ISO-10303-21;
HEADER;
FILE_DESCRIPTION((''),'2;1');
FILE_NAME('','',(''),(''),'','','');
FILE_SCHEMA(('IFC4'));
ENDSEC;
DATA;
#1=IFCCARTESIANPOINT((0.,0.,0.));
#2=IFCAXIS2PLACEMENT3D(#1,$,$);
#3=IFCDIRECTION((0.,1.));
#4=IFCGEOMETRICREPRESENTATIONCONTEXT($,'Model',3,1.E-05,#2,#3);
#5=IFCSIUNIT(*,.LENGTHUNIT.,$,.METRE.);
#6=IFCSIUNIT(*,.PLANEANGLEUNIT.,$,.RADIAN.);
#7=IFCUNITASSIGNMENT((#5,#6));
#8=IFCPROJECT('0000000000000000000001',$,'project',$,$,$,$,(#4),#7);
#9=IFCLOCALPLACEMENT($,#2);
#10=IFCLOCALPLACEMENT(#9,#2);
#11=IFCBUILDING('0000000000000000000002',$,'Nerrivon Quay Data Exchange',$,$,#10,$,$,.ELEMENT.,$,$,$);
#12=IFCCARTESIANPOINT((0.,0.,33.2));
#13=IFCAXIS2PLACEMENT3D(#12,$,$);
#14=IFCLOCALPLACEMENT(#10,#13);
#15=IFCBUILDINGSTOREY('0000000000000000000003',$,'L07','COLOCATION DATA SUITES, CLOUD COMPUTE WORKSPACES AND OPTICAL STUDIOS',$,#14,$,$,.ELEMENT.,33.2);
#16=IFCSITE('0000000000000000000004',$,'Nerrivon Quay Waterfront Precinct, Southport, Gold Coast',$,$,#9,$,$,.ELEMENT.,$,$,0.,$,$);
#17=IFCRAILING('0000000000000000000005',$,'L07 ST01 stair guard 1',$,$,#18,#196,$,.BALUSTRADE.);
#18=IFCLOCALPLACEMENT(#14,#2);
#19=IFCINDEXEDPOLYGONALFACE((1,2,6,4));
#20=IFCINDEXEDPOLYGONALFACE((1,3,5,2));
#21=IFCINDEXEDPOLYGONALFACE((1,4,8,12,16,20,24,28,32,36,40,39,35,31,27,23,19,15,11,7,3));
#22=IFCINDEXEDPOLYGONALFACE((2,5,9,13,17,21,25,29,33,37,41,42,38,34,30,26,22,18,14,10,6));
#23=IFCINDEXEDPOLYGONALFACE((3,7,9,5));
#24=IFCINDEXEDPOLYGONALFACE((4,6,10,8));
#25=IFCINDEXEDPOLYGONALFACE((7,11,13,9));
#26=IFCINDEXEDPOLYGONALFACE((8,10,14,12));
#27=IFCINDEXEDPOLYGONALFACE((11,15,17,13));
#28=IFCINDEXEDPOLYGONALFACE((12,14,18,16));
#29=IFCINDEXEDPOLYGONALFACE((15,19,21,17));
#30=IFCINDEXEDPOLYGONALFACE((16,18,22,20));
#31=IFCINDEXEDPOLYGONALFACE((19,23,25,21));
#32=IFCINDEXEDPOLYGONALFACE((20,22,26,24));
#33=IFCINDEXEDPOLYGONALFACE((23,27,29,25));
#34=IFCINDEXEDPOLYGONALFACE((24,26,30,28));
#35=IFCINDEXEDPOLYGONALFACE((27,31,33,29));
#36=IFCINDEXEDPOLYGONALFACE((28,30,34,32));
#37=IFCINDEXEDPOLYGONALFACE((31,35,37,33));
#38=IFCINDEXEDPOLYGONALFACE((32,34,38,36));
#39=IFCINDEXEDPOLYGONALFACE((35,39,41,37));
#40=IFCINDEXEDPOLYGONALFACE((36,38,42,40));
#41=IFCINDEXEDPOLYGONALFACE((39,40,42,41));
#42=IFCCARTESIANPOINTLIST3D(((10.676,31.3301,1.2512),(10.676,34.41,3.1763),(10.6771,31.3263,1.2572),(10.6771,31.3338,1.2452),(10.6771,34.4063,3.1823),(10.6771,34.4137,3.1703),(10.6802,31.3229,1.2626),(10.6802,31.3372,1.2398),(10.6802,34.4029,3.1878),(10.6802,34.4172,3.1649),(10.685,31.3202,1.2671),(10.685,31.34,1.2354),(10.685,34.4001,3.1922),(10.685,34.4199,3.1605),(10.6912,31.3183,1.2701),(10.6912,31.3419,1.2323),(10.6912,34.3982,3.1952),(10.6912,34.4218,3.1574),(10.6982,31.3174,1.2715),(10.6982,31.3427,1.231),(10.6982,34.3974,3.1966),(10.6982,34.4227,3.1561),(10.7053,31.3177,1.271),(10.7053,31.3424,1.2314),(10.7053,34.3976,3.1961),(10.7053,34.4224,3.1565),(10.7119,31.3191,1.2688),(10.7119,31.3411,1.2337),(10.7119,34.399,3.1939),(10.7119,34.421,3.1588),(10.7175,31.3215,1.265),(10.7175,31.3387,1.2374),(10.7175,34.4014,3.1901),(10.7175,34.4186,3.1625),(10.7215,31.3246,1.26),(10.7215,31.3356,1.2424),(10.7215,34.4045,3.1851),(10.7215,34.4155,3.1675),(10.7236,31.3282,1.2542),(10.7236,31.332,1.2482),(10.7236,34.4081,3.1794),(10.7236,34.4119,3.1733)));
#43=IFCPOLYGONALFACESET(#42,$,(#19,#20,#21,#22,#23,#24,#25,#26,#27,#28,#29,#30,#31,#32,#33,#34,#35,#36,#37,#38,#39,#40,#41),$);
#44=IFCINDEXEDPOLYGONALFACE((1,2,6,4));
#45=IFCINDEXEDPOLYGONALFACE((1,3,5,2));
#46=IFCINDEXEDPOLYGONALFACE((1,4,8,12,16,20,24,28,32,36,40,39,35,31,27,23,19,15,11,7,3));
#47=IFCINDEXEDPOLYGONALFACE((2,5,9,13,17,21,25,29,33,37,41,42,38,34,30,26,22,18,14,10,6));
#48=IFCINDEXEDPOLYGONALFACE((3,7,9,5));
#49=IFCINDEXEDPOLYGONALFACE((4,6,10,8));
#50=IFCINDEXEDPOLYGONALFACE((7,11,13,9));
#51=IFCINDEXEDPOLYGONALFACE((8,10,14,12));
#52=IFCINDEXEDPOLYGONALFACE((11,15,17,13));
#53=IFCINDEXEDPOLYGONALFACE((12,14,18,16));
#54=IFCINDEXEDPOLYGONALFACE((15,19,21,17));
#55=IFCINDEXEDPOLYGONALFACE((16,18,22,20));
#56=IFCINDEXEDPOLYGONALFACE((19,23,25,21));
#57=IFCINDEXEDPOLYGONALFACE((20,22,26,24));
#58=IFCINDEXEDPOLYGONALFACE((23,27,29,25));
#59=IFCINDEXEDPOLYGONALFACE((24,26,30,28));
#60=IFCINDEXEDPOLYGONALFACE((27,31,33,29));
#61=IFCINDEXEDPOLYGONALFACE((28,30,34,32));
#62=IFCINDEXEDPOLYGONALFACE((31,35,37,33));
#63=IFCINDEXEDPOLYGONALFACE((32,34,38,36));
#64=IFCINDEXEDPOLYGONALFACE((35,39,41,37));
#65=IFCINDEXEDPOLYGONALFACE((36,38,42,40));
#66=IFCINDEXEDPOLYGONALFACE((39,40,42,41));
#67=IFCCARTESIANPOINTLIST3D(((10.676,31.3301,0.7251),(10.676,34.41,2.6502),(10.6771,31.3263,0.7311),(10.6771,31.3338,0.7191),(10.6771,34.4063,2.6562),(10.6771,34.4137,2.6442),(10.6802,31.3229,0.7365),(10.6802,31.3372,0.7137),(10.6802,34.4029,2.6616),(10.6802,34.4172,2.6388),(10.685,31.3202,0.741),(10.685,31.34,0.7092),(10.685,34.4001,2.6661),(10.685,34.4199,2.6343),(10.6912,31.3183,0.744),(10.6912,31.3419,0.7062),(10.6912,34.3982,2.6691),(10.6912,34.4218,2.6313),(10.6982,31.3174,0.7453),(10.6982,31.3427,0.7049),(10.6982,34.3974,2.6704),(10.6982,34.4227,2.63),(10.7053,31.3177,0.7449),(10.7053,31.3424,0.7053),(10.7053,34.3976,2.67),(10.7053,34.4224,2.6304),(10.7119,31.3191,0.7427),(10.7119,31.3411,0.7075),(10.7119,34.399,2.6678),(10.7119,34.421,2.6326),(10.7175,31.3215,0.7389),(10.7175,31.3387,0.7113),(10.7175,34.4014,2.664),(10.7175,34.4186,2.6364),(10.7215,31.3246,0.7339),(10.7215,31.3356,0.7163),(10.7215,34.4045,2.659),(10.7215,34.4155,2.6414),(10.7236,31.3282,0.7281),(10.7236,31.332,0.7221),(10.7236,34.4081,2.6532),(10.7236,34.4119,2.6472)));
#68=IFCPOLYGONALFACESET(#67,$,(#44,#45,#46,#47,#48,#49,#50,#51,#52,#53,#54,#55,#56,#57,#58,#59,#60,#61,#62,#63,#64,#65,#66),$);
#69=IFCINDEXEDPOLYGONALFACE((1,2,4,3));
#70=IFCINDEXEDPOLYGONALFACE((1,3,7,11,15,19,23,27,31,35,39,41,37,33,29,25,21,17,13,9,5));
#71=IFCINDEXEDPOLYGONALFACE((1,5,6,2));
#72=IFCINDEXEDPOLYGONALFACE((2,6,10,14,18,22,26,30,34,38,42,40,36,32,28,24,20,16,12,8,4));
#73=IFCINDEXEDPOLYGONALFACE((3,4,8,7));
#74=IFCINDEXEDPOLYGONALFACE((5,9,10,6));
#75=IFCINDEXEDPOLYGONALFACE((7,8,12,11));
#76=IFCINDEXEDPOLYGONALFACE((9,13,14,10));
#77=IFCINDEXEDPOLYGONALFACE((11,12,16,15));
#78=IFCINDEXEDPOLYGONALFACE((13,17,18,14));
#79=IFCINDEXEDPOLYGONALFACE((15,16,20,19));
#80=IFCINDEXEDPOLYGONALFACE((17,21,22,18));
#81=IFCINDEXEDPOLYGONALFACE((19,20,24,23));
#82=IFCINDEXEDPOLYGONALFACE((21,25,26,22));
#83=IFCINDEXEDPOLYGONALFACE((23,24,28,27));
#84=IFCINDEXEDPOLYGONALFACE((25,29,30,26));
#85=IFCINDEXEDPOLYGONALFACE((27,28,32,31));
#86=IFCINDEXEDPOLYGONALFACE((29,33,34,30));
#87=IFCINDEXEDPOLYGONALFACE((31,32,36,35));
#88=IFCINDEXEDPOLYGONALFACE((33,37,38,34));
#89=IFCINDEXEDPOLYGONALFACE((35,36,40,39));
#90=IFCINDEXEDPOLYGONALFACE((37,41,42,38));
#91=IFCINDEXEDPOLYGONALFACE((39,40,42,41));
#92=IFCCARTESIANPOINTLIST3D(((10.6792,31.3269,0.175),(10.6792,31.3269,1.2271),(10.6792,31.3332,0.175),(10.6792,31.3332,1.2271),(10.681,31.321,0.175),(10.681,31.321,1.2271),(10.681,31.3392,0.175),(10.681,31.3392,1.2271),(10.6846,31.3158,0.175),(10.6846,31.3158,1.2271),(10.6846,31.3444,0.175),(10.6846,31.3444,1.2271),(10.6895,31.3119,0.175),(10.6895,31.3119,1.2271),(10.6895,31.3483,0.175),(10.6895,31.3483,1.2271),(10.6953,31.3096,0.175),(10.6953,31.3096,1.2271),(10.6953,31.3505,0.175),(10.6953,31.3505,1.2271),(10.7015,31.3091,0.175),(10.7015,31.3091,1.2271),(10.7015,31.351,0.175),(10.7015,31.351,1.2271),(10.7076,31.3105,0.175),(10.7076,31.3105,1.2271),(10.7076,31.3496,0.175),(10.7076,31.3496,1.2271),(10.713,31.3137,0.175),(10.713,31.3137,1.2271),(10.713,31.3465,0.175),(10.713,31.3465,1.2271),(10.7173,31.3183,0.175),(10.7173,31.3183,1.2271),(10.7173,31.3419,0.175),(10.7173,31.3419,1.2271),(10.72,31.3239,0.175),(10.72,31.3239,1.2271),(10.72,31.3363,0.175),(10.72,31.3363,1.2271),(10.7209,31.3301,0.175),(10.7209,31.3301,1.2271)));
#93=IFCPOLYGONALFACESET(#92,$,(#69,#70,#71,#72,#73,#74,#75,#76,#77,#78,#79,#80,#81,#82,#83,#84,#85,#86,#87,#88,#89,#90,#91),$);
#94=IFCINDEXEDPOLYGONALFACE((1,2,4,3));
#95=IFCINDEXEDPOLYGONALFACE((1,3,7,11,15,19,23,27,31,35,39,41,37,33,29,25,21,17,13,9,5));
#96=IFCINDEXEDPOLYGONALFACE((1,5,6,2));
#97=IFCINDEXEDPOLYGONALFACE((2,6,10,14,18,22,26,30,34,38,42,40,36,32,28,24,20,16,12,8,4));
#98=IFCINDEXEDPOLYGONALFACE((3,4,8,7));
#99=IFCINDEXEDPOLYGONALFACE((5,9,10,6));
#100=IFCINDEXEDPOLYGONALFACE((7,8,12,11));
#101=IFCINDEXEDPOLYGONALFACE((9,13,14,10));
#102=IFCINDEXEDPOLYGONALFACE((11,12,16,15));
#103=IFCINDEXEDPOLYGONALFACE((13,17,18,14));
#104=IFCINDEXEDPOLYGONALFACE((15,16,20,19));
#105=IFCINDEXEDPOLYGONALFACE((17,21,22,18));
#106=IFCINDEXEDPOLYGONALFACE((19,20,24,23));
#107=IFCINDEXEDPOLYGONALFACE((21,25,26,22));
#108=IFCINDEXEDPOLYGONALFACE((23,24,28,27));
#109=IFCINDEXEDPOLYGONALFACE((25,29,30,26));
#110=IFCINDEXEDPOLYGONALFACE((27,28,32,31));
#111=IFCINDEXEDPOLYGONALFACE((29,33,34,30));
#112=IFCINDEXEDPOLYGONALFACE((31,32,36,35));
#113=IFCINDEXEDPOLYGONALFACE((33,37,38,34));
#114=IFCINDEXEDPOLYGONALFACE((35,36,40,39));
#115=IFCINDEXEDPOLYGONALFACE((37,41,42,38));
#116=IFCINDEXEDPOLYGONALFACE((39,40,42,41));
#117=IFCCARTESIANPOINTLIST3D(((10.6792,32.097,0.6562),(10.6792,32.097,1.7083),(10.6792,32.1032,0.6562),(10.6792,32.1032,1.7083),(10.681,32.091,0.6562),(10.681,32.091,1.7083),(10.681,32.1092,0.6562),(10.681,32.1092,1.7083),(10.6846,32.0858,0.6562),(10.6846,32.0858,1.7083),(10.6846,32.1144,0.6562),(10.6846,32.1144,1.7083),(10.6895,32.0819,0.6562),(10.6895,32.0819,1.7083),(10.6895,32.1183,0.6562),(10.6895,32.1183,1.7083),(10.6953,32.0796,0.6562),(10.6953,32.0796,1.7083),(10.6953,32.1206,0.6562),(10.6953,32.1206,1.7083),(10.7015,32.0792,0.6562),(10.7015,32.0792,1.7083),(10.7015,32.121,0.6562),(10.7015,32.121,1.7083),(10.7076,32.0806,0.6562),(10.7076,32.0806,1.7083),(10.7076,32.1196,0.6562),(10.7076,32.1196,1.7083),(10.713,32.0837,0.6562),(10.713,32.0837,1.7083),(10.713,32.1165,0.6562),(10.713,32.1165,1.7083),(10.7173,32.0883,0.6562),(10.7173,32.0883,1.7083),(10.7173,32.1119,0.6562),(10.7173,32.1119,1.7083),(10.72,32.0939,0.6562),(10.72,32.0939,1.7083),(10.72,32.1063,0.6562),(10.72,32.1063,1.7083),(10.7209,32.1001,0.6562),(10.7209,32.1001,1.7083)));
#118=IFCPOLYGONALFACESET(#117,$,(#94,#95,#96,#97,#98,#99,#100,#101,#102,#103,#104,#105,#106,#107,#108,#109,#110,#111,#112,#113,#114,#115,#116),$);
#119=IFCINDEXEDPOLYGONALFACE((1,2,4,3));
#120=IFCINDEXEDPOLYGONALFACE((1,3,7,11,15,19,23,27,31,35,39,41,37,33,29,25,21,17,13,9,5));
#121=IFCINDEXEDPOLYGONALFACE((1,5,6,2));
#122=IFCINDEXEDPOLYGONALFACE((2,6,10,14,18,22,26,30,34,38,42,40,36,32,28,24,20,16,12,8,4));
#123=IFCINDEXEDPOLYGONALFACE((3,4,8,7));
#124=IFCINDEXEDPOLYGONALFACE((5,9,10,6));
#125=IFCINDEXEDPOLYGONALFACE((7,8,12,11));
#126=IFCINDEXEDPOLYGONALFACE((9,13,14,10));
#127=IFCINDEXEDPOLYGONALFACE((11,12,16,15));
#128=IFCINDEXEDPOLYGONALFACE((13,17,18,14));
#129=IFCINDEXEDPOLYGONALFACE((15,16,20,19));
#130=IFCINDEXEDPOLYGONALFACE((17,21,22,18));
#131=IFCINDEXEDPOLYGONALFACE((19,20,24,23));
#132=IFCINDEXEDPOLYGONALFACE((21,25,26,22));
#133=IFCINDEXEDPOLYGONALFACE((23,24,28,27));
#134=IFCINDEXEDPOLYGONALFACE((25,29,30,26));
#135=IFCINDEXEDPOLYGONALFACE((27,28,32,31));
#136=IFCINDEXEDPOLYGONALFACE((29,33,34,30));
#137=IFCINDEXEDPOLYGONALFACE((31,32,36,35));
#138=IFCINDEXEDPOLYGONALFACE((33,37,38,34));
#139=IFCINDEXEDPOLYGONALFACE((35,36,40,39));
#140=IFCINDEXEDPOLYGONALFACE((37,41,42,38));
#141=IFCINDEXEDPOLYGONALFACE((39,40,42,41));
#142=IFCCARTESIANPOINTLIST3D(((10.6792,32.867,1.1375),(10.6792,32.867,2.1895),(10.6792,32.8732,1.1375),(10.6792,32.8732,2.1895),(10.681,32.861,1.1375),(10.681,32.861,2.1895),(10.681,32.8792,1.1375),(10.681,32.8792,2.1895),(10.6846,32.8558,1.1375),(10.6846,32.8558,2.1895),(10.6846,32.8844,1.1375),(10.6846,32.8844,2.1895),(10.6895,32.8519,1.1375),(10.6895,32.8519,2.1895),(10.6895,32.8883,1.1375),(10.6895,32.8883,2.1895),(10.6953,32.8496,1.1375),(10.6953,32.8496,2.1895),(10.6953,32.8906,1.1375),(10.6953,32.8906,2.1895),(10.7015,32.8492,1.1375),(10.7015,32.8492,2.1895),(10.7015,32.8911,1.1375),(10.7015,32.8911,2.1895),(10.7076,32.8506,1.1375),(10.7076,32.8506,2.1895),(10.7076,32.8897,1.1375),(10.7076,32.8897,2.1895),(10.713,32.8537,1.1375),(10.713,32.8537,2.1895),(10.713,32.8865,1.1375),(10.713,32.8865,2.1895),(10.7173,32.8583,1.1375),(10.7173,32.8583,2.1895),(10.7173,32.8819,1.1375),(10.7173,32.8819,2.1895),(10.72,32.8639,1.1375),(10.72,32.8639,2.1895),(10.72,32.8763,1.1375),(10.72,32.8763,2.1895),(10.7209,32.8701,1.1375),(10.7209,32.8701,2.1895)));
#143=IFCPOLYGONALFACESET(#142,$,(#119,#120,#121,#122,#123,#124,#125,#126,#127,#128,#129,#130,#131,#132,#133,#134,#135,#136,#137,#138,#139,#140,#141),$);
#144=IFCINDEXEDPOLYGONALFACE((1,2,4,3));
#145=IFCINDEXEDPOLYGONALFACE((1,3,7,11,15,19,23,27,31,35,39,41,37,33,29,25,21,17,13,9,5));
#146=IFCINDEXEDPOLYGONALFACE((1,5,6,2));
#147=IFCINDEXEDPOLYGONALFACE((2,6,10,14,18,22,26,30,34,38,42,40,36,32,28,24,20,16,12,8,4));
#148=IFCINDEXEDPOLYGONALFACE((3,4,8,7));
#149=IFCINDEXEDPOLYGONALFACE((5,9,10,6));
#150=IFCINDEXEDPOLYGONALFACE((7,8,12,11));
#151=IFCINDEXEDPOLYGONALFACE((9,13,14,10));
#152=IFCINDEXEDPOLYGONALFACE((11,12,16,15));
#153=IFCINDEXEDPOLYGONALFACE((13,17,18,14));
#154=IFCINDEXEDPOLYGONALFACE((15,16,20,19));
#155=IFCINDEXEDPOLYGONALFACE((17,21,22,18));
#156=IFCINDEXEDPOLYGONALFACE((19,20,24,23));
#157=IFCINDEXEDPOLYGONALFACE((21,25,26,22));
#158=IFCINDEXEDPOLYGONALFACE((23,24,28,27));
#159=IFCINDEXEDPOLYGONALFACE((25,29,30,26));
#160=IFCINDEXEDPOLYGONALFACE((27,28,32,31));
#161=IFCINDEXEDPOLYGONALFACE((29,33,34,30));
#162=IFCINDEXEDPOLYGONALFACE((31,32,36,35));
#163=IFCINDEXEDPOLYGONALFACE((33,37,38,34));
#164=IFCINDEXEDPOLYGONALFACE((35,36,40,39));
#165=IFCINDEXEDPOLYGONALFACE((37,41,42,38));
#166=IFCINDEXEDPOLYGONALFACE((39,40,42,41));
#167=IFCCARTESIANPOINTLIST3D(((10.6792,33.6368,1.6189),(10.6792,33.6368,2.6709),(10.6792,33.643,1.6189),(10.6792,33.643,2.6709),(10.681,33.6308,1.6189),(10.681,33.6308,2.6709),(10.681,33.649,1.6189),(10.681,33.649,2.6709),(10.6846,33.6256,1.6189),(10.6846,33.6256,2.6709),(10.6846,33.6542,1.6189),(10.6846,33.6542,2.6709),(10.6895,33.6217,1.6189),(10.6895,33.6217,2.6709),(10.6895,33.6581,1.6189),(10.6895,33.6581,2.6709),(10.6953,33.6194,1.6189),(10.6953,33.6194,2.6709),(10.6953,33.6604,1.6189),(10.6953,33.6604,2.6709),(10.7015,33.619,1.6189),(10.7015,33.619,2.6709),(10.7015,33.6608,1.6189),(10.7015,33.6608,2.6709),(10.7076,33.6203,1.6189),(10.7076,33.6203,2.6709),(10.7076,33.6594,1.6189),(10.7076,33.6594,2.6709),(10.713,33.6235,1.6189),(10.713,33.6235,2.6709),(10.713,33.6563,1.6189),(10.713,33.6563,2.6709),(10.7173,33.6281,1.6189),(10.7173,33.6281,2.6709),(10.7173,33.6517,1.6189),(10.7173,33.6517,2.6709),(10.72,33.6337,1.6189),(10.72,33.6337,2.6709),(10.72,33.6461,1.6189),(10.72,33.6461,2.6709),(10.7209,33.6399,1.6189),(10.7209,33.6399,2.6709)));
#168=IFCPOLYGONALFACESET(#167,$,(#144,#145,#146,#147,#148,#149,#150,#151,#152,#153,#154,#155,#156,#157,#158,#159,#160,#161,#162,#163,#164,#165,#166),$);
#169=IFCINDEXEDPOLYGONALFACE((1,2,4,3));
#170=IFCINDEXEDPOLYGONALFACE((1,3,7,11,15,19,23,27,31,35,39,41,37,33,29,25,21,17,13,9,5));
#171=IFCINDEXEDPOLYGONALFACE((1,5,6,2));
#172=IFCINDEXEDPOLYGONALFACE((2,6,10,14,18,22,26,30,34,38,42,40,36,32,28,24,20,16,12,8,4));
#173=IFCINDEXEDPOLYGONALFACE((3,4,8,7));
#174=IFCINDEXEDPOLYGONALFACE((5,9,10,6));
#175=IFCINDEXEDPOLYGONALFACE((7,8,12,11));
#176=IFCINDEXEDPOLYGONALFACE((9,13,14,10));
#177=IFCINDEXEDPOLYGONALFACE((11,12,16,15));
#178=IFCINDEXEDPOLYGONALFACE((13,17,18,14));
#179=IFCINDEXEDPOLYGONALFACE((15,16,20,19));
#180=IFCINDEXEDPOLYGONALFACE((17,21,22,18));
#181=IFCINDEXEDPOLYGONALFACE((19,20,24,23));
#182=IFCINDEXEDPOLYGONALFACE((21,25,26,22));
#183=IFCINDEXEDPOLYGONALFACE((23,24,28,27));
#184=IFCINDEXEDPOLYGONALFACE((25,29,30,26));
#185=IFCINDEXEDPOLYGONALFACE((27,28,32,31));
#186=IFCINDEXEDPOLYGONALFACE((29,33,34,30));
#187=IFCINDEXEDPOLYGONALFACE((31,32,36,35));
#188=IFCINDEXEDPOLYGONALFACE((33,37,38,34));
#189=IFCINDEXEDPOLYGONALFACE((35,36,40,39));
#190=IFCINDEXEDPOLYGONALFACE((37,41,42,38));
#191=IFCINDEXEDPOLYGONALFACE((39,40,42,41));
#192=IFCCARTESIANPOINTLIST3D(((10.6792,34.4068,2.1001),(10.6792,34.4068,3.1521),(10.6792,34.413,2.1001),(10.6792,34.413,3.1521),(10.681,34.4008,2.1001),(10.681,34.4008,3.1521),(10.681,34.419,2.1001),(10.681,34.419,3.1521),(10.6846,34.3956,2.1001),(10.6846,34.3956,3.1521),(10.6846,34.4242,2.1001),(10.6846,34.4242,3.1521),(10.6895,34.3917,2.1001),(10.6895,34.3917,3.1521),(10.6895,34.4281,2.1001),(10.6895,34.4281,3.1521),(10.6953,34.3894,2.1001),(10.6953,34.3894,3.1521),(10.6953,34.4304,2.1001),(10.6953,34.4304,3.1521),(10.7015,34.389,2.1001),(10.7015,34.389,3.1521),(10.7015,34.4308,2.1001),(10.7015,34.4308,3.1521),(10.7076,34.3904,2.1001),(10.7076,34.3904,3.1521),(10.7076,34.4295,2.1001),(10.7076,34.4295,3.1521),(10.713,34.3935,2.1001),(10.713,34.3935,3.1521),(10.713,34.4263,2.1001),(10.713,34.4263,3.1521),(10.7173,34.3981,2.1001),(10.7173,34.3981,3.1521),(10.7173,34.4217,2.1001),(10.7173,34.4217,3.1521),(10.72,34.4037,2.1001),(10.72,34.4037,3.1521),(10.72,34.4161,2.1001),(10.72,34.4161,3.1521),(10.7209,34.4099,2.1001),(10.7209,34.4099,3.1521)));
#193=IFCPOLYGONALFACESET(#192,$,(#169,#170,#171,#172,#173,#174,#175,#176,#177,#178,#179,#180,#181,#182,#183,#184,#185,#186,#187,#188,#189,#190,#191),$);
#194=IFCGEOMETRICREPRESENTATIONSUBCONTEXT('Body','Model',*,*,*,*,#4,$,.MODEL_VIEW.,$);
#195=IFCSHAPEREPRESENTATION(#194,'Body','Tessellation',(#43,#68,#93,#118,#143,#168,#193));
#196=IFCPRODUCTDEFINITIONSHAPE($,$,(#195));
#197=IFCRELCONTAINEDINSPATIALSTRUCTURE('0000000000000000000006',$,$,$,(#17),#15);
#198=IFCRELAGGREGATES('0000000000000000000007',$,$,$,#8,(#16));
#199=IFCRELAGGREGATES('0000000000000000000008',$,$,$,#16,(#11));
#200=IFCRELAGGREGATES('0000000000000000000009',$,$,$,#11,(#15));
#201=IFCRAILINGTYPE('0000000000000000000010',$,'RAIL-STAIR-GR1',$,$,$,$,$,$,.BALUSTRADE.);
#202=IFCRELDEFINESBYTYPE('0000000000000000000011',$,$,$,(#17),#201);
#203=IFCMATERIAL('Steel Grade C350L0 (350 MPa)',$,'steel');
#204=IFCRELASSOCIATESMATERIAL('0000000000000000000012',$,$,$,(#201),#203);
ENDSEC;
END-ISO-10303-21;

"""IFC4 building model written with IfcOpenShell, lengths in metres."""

from ifc_helpers import new_model, si_unit, direction, frame, origin, origin_2d, place, context, subcontext, project, spatial, circle, extrude, material, type_object, element, save


model = new_model("IFC4")

# Units and contexts
model_context = context("Model", 3, precision=1e-05, world=origin(), true_north=direction((0.0, 1.0)))
body_context = subcontext(model_context, "Body", "Model", "MODEL_VIEW")
ifc_project = project(units=[si_unit("LENGTHUNIT", "METRE"), si_unit("PLANEANGLEUNIT", "RADIAN")], contexts=[model_context])

# Site, building, storey
site_placement = place(None, origin())
site = spatial("IfcSite", under=ifc_project, at=site_placement, Name="Nerrivon Quay Waterfront Precinct, Southport, Gold Coast", CompositionType="ELEMENT", RefElevation=0.0)
building_placement = place(site_placement, origin())
building = spatial("IfcBuilding", under=site, at=building_placement, Name="Nerrivon Quay Data Exchange", CompositionType="ELEMENT")
storey_placement = place(building_placement, frame((0.0, 0.0, 33.2)))
storey = spatial("IfcBuildingStorey", under=building, at=storey_placement, Name="L07", Description="COLOCATION DATA SUITES, CLOUD COMPUTE WORKSPACES AND OPTICAL STUDIOS", CompositionType="ELEMENT", Elevation=33.2)

# Railing
ifc_material_1 = material(Name="Steel Grade C350L0 (350 MPa)", Category="steel")
railing_type_1 = type_object("IfcRailingType", Name="RAIL-STAIR-GR1", PredefinedType="BALUSTRADE", material=ifc_material_1)
railing_1_placement = place(storey_placement, frame((10.7, 31.3301, 0.175)))
element("IfcRailing", 1, at=railing_1_placement, inside=storey, type_object=railing_type_1, Name="L07 ST01 stair guard 1", PredefinedType="BALUSTRADE", context=body_context, shape_type="SweptSolid", body=[
    extrude(circle(Radius=0.0239, at=origin_2d()), frame((0.0, 0.0, 1.0762), z_axis=(0.0, 0.847979, 0.530029), x_axis=(-1.0, 0.0, 0.0)), (0.0, 0.0, 1.0), 3.6321),
    extrude(circle(Radius=0.0239, at=origin_2d()), frame((0.0, 0.0, 0.55), z_axis=(0.0, 0.847979, 0.530029), x_axis=(-1.0, 0.0, 0.0)), (0.0, 0.0, 1.0), 3.6321),
    extrude(circle(Radius=0.021, at=origin_2d()), origin(), (0.0, 0.0, 1.0), 1.052),
    extrude(circle(Radius=0.021, at=origin_2d()), frame((0.0, 0.77, 0.4812)), (0.0, 0.0, 1.0), 1.052),
    extrude(circle(Radius=0.021, at=origin_2d()), frame((0.0, 1.54, 0.9624)), (0.0, 0.0, 1.0), 1.052),
    extrude(circle(Radius=0.021, at=origin_2d()), frame((0.0, 2.3098, 1.4438)), (0.0, 0.0, 1.0), 1.052),
    extrude(circle(Radius=0.021, at=origin_2d()), frame((0.0, 3.0798, 1.925)), (0.0, 0.0, 1.0), 1.052),
])

save(model, "model.ifc")
